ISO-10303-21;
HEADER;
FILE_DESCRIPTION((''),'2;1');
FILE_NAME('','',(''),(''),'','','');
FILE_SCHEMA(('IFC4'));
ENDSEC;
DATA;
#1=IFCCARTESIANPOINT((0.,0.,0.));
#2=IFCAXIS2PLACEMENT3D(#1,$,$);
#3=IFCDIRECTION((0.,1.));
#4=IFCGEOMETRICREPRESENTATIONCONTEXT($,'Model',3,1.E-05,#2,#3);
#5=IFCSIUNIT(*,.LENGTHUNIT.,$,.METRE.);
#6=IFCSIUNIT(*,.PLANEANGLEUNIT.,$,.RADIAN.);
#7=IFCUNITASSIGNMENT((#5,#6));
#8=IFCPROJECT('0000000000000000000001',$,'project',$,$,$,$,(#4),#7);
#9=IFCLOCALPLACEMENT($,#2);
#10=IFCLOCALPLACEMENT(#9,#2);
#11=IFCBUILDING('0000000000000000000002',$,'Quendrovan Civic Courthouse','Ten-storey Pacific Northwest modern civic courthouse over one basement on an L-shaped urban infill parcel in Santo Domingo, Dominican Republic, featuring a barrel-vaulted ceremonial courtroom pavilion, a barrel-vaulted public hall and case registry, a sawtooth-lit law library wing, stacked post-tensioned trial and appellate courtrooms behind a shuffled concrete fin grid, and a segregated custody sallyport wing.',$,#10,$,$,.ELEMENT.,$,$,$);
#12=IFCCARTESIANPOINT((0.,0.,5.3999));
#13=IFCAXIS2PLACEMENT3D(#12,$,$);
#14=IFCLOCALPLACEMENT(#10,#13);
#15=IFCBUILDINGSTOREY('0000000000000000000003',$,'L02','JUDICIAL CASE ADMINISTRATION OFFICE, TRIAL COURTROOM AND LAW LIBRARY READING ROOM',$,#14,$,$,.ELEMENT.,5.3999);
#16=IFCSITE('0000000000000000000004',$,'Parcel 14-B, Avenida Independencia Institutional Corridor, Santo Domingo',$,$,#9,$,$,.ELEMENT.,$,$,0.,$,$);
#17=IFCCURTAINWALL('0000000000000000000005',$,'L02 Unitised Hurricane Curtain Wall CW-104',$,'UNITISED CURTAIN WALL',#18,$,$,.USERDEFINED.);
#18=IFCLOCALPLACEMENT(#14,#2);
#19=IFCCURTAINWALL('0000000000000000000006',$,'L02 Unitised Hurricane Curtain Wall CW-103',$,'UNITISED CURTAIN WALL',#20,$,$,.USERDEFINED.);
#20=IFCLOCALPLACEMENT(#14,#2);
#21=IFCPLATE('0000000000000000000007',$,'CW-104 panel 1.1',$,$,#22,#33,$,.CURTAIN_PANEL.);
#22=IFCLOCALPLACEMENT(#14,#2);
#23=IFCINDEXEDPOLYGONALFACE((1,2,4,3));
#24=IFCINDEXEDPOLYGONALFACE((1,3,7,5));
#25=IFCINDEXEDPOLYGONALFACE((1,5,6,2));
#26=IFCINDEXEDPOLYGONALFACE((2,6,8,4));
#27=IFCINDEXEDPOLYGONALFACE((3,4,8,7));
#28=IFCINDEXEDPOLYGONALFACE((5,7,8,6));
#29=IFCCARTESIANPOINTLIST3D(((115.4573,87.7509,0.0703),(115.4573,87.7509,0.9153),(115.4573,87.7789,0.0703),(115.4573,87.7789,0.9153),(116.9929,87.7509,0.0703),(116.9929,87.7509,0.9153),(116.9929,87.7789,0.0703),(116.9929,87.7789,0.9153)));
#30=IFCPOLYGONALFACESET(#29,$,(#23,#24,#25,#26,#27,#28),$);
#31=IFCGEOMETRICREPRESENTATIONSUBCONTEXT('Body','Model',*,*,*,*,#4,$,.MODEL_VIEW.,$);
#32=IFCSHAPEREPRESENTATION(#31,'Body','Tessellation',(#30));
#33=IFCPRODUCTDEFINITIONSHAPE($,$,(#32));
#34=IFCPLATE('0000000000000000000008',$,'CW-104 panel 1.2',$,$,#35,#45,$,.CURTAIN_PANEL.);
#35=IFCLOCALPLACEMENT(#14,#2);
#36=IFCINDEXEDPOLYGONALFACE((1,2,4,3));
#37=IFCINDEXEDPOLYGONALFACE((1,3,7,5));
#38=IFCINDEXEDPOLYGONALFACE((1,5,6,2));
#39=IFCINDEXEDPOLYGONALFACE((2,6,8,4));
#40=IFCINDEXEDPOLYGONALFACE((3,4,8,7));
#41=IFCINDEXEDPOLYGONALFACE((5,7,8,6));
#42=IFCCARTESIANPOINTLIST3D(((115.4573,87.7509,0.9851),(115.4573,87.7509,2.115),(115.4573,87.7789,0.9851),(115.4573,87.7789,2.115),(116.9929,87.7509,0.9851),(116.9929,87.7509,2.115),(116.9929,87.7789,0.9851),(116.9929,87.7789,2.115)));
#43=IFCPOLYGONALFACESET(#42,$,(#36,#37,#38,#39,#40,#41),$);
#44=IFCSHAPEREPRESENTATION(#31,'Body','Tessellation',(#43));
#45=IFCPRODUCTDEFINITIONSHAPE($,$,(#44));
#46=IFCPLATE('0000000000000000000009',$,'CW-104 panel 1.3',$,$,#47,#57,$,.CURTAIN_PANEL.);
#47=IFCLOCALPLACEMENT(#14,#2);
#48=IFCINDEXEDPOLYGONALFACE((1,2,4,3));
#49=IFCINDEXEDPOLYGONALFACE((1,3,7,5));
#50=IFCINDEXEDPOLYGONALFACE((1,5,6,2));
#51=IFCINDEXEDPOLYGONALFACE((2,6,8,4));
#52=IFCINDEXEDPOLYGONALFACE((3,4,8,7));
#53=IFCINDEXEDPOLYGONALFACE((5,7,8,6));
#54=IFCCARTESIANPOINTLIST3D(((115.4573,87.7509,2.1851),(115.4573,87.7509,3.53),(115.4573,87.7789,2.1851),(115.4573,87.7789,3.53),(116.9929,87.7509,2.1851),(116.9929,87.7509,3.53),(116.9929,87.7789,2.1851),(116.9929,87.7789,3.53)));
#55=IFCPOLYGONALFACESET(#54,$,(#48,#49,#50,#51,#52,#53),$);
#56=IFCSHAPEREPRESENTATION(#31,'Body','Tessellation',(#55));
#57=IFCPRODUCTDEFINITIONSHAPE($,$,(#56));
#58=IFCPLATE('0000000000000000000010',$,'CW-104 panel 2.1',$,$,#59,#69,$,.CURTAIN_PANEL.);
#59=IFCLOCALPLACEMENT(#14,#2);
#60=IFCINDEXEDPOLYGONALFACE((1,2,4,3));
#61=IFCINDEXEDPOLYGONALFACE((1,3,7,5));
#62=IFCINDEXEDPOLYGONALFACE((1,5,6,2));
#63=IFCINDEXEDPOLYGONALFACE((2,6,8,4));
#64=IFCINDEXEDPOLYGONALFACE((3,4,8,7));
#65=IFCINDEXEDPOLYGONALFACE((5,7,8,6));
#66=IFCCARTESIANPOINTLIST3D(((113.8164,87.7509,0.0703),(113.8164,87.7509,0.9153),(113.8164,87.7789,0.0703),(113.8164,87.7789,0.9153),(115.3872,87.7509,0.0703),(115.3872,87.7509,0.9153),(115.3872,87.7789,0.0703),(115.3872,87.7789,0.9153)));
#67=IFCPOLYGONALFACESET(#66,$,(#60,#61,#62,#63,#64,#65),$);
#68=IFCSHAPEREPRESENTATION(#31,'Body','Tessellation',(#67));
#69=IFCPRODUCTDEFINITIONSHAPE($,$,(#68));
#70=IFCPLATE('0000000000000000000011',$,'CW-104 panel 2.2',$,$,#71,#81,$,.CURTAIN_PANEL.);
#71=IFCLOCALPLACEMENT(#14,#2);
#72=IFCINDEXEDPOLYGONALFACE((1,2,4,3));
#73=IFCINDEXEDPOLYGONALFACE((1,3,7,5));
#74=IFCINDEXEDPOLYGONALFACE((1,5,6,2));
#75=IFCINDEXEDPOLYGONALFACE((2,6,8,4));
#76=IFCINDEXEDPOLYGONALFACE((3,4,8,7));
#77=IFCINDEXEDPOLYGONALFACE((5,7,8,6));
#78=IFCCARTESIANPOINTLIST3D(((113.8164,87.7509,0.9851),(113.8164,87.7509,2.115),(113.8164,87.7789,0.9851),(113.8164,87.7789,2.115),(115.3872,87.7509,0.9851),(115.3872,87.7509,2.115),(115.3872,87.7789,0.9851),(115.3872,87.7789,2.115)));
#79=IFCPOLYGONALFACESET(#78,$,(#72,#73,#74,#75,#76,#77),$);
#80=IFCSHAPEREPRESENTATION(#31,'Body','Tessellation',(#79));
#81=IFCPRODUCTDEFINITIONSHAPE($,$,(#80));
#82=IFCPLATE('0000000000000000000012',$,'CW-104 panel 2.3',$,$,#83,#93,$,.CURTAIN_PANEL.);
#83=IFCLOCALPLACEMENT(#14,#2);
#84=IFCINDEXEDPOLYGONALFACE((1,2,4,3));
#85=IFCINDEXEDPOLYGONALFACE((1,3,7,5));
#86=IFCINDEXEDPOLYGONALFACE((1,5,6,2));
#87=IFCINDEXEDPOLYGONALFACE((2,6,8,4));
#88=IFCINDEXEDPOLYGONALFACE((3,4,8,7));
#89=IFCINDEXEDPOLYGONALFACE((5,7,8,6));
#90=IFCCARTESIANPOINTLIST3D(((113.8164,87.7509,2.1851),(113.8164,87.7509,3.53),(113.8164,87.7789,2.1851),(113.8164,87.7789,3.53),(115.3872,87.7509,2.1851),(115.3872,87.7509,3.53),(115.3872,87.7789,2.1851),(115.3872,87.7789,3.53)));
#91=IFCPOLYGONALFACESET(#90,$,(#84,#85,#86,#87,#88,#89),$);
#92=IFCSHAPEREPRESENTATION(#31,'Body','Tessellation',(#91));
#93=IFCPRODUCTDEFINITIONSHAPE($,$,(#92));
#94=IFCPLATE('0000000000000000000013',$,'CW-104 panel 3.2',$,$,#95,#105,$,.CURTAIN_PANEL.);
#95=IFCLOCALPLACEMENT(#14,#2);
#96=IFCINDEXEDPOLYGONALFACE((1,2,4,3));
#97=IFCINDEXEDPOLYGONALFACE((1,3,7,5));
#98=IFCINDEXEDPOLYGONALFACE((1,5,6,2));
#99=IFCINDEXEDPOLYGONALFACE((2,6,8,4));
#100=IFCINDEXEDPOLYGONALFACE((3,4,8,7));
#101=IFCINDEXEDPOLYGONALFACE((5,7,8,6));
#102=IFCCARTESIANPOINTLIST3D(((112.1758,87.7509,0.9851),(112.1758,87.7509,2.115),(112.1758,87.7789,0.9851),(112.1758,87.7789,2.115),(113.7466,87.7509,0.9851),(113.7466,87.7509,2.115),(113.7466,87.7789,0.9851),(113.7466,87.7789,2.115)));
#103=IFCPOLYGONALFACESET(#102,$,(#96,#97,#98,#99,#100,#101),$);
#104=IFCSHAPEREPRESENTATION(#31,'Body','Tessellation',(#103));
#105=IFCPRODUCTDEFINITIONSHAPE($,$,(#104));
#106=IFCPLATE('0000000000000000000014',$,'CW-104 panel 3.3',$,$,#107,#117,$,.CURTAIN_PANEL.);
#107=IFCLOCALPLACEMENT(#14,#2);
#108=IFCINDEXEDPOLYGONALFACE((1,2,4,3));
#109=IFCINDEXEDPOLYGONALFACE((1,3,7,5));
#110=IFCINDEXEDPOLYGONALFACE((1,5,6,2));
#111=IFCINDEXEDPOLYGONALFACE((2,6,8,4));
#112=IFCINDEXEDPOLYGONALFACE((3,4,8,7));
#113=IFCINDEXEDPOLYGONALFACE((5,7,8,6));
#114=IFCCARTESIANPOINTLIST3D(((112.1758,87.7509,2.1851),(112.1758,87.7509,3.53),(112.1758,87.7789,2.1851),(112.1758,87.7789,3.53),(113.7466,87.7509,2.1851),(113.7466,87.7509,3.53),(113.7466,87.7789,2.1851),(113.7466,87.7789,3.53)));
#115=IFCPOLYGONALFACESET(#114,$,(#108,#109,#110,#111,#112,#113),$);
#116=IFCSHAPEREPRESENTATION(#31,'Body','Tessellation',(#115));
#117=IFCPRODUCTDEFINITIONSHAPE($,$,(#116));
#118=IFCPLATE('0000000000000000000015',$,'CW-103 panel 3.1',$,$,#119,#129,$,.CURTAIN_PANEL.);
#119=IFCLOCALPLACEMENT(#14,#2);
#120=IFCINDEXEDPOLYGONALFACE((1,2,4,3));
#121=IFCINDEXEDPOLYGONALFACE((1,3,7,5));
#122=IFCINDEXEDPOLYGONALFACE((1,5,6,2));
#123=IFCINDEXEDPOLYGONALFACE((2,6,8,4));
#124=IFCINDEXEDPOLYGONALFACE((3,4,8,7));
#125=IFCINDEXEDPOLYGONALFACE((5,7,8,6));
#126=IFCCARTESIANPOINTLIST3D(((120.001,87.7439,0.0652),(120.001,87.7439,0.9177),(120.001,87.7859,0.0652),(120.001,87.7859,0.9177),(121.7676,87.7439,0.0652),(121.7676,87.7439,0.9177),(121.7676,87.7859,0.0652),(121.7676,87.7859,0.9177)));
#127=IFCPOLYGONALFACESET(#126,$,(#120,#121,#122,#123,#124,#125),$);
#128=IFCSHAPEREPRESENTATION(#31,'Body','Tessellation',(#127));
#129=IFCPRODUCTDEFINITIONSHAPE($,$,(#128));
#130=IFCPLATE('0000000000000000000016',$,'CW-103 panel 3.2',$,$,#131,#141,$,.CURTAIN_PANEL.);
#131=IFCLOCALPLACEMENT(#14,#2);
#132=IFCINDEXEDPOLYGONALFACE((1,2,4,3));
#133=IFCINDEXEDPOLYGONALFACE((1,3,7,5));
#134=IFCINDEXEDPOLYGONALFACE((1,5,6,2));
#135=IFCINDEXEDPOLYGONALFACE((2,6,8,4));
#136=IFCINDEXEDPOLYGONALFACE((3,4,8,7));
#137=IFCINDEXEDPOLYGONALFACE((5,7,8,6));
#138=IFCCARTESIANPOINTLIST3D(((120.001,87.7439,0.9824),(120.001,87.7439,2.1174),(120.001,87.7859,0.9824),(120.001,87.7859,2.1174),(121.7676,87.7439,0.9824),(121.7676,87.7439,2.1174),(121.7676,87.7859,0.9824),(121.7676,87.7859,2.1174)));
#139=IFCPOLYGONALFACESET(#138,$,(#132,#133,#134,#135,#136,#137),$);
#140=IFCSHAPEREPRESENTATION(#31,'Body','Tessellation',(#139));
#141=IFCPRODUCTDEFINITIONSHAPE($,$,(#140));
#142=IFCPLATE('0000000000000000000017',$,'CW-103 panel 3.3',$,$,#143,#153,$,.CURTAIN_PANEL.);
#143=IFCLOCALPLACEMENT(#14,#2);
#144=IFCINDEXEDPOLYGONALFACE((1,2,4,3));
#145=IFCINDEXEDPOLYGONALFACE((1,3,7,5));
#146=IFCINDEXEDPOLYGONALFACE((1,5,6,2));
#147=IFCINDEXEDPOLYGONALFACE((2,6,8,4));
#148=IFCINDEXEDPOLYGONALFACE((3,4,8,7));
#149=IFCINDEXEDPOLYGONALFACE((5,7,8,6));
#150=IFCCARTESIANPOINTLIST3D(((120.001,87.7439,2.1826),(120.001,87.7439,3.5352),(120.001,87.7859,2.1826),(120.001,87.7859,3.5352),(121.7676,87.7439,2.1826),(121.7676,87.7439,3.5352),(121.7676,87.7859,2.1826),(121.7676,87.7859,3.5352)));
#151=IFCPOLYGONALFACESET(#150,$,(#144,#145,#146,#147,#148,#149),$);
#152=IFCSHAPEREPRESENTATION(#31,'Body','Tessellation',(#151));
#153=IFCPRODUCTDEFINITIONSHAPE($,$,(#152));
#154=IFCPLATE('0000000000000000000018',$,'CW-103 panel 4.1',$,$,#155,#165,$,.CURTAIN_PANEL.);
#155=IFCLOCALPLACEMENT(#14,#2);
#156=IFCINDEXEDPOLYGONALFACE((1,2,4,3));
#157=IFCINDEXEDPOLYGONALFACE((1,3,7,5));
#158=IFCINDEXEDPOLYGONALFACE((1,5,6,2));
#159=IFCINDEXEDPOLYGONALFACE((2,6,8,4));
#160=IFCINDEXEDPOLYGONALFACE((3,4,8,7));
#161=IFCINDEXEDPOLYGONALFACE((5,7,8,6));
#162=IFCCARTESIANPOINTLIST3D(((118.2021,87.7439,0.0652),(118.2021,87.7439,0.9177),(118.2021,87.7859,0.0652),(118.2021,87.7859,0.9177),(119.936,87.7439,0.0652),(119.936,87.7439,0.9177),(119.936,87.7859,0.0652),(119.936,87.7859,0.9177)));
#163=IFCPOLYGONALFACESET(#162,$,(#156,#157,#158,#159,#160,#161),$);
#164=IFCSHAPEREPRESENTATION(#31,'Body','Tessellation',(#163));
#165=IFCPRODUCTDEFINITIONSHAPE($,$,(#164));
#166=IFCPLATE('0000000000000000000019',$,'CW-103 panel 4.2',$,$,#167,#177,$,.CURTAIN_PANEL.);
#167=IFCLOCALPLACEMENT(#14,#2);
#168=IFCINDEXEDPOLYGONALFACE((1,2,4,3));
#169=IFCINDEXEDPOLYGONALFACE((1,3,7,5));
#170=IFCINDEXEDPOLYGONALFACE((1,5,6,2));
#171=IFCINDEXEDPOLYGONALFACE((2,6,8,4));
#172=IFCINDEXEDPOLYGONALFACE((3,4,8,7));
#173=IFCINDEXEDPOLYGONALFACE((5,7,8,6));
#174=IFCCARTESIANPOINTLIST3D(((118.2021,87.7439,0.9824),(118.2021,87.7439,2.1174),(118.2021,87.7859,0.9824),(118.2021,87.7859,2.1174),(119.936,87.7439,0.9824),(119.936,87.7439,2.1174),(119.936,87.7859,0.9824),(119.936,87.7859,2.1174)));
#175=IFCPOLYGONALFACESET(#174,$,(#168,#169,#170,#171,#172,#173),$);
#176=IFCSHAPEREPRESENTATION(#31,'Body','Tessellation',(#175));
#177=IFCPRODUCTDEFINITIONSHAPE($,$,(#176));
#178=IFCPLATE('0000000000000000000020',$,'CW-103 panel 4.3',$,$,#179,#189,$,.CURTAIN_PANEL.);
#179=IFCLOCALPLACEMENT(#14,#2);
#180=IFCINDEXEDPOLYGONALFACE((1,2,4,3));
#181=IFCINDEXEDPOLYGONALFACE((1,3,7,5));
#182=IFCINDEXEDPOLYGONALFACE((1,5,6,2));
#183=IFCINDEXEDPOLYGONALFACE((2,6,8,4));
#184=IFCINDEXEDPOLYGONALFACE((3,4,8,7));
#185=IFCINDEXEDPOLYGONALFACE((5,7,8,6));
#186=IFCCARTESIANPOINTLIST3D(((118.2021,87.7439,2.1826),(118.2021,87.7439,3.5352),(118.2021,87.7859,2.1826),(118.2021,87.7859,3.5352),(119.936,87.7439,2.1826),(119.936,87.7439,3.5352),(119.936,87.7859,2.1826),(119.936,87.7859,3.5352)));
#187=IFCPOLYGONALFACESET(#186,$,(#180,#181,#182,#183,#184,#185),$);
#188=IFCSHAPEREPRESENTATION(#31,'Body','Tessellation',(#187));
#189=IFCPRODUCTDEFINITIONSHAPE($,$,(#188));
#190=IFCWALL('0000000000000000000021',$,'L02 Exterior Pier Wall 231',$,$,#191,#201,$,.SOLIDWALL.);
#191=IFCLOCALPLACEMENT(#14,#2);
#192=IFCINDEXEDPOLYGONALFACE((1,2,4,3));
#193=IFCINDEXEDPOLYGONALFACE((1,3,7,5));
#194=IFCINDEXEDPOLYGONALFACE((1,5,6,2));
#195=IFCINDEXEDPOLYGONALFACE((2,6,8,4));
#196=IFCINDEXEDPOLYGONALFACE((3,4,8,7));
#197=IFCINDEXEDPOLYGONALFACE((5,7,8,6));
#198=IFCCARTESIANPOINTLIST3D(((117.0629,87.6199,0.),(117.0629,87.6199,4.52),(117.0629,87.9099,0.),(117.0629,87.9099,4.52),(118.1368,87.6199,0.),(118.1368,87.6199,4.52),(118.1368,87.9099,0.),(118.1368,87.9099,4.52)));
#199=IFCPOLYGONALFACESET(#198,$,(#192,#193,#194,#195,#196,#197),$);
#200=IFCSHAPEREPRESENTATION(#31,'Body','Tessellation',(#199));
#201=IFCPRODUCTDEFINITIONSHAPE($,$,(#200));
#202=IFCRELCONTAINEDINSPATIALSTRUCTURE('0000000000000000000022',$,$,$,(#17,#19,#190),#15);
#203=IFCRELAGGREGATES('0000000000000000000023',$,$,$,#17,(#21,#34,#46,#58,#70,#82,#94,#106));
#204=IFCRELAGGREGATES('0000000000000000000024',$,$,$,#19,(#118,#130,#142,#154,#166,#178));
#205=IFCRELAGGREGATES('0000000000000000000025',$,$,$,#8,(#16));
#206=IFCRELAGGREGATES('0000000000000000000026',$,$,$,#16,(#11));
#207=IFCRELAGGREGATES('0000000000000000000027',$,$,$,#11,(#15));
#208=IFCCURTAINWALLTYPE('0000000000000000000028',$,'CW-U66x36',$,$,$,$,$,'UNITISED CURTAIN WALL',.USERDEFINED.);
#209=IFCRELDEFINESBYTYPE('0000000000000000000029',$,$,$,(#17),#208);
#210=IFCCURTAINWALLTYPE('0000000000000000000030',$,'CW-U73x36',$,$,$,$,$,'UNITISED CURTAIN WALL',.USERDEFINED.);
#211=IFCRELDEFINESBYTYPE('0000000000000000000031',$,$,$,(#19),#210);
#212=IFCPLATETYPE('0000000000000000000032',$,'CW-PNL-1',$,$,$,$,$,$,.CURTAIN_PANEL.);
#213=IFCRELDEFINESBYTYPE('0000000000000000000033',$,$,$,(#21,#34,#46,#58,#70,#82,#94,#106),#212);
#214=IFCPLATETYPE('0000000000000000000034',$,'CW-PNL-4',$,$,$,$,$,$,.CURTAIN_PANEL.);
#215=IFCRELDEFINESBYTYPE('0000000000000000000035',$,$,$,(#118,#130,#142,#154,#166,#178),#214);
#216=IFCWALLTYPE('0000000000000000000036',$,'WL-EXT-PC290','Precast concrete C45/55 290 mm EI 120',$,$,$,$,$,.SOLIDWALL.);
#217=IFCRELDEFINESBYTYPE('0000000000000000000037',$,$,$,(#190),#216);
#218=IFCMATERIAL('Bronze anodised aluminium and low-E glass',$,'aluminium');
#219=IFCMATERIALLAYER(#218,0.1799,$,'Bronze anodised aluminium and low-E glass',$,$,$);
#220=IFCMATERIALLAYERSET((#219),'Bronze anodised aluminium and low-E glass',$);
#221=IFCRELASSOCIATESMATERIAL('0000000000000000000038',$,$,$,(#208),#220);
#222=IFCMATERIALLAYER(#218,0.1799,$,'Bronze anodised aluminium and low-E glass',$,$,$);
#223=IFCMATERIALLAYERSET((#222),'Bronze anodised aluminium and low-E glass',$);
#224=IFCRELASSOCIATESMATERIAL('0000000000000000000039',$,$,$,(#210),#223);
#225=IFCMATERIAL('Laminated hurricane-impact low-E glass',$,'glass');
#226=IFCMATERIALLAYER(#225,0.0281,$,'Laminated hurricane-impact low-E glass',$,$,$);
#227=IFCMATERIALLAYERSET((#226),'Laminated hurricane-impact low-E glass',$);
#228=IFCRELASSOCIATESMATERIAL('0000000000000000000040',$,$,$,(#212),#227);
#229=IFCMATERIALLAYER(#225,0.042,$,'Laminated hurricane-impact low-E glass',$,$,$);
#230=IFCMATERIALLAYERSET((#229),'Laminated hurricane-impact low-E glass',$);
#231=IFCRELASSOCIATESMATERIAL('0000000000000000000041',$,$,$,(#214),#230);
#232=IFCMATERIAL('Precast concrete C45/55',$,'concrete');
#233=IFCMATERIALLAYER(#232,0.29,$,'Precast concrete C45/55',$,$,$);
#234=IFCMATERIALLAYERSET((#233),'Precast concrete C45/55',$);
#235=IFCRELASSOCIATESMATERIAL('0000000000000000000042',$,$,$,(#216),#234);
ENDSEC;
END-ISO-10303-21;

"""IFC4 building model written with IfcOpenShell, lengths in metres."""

from ifc_helpers import new_model, si_unit, direction, frame, frame_2d, origin, origin_2d, place, context, subcontext, project, spatial, rectangle, extrude, material, layer, layer_set, type_object, element, aggregate, save


model = new_model("IFC4")

# Units and contexts
model_context = context("Model", 3, precision=1e-05, world=origin(), true_north=direction((0.0, 1.0)))
body_context = subcontext(model_context, "Body", "Model", "MODEL_VIEW")
ifc_project = project(units=[si_unit("LENGTHUNIT", "METRE"), si_unit("PLANEANGLEUNIT", "RADIAN")], contexts=[model_context])

# Site, building, storey
site_placement = place(None, origin())
site = spatial("IfcSite", under=ifc_project, at=site_placement, Name="Parcel 14-B, Avenida Independencia Institutional Corridor, Santo Domingo", CompositionType="ELEMENT", RefElevation=0.0)
building_placement = place(site_placement, origin())
building = spatial("IfcBuilding", under=site, at=building_placement, Name="Quendrovan Civic Courthouse", Description="Ten-storey Pacific Northwest modern civic courthouse over one basement on an L-shaped urban infill parcel in Santo Domingo, Dominican Republic, featuring a barrel-vaulted ceremonial courtroom pavilion, a barrel-vaulted public hall and case registry, a sawtooth-lit law library wing, stacked post-tensioned trial and appellate courtrooms behind a shuffled concrete fin grid, and a segregated custody sallyport wing.", CompositionType="ELEMENT")
storey_placement = place(building_placement, frame((0.0, 0.0, 5.3999)))
storey = spatial("IfcBuildingStorey", under=building, at=storey_placement, Name="L02", Description="JUDICIAL CASE ADMINISTRATION OFFICE, TRIAL COURTROOM AND LAW LIBRARY READING ROOM", CompositionType="ELEMENT", Elevation=5.3999)

# Curtain walls
ifc_material_1 = material(Name="Bronze anodised aluminium and low-E glass", Category="aluminium")
ifc_layer_1 = layer(ifc_material_1, 0.1799, Name="Bronze anodised aluminium and low-E glass")
ifc_layer_set_1 = layer_set([ifc_layer_1], Name="Bronze anodised aluminium and low-E glass")
curtain_wall_type_1 = type_object("IfcCurtainWallType", Name="CW-U66x36", ElementType="UNITISED CURTAIN WALL", PredefinedType="USERDEFINED", material=ifc_layer_set_1)
curtain_wall_1_placement = place(storey_placement, origin())
curtain_wall_1 = element("IfcCurtainWall", 1, at=curtain_wall_1_placement, inside=storey, type_object=curtain_wall_type_1, Name="L02 Unitised Hurricane Curtain Wall CW-104", ObjectType="UNITISED CURTAIN WALL", PredefinedType="USERDEFINED")
ifc_layer_2 = layer(ifc_material_1, 0.1799, Name="Bronze anodised aluminium and low-E glass")
ifc_layer_set_2 = layer_set([ifc_layer_2], Name="Bronze anodised aluminium and low-E glass")
curtain_wall_type_2 = type_object("IfcCurtainWallType", Name="CW-U73x36", ElementType="UNITISED CURTAIN WALL", PredefinedType="USERDEFINED", material=ifc_layer_set_2)
curtain_wall_2_placement = place(storey_placement, origin())
curtain_wall_2 = element("IfcCurtainWall", 2, at=curtain_wall_2_placement, inside=storey, type_object=curtain_wall_type_2, Name="L02 Unitised Hurricane Curtain Wall CW-103", ObjectType="UNITISED CURTAIN WALL", PredefinedType="USERDEFINED")

# Plates
ifc_material_2 = material(Name="Laminated hurricane-impact low-E glass", Category="glass")
ifc_layer_3 = layer(ifc_material_2, 0.0281, Name="Laminated hurricane-impact low-E glass")
ifc_layer_set_3 = layer_set([ifc_layer_3], Name="Laminated hurricane-impact low-E glass")
plate_type_1 = type_object("IfcPlateType", Name="CW-PNL-1", PredefinedType="CURTAIN_PANEL", material=ifc_layer_set_3)
plate_1_placement = place(storey_placement, frame((116.2251, 87.7649, 0.0703), z_axis=(0.0, 0.0, 1.0), x_axis=(-1.0, 0.0, 0.0)))
plate_1 = element("IfcPlate", 3, at=plate_1_placement, type_object=plate_type_1, Name="CW-104 panel 1.1", PredefinedType="CURTAIN_PANEL", context=body_context, shape_type="SweptSolid", body=[
    extrude(rectangle(XDim=1.5356, YDim=0.0281, at=origin_2d()), origin(), (0.0, 0.0, 1.0), 0.845),
])
plate_2_placement = place(storey_placement, frame((116.2251, 87.7649, 0.9851), z_axis=(0.0, 0.0, 1.0), x_axis=(-1.0, 0.0, 0.0)))
plate_2 = element("IfcPlate", 4, at=plate_2_placement, type_object=plate_type_1, Name="CW-104 panel 1.2", PredefinedType="CURTAIN_PANEL", context=body_context, shape_type="SweptSolid", body=[
    extrude(rectangle(XDim=1.5356, YDim=0.0281, at=origin_2d()), origin(), (0.0, 0.0, 1.0), 1.1299),
])
plate_3_placement = place(storey_placement, frame((116.2251, 87.7649, 2.1851), z_axis=(0.0, 0.0, 1.0), x_axis=(-1.0, 0.0, 0.0)))
plate_3 = element("IfcPlate", 5, at=plate_3_placement, type_object=plate_type_1, Name="CW-104 panel 1.3", PredefinedType="CURTAIN_PANEL", context=body_context, shape_type="SweptSolid", body=[
    extrude(rectangle(XDim=1.5356, YDim=0.0281, at=origin_2d()), origin(), (0.0, 0.0, 1.0), 1.345),
])
plate_4_placement = place(storey_placement, frame((114.6018, 87.7649, 0.0703), z_axis=(0.0, 0.0, 1.0), x_axis=(-1.0, 0.0, 0.0)))
plate_4 = element("IfcPlate", 6, at=plate_4_placement, type_object=plate_type_1, Name="CW-104 panel 2.1", PredefinedType="CURTAIN_PANEL", context=body_context, shape_type="SweptSolid", body=[
    extrude(rectangle(XDim=1.5708, YDim=0.0281, at=origin_2d()), origin(), (0.0, 0.0, 1.0), 0.845),
])
plate_5_placement = place(storey_placement, frame((114.6018, 87.7649, 0.9851), z_axis=(0.0, 0.0, 1.0), x_axis=(-1.0, 0.0, 0.0)))
plate_5 = element("IfcPlate", 7, at=plate_5_placement, type_object=plate_type_1, Name="CW-104 panel 2.2", PredefinedType="CURTAIN_PANEL", context=body_context, shape_type="SweptSolid", body=[
    extrude(rectangle(XDim=1.5708, YDim=0.0281, at=origin_2d()), origin(), (0.0, 0.0, 1.0), 1.1299),
])
plate_6_placement = place(storey_placement, frame((114.6018, 87.7649, 2.1851), z_axis=(0.0, 0.0, 1.0), x_axis=(-1.0, 0.0, 0.0)))
plate_6 = element("IfcPlate", 8, at=plate_6_placement, type_object=plate_type_1, Name="CW-104 panel 2.3", PredefinedType="CURTAIN_PANEL", context=body_context, shape_type="SweptSolid", body=[
    extrude(rectangle(XDim=1.5708, YDim=0.0281, at=origin_2d()), origin(), (0.0, 0.0, 1.0), 1.345),
])
plate_7_placement = place(storey_placement, frame((112.9612, 87.7649, 0.9851), z_axis=(0.0, 0.0, 1.0), x_axis=(-1.0, 0.0, 0.0)))
plate_7 = element("IfcPlate", 9, at=plate_7_placement, type_object=plate_type_1, Name="CW-104 panel 3.2", PredefinedType="CURTAIN_PANEL", context=body_context, shape_type="SweptSolid", body=[
    extrude(rectangle(XDim=1.5708, YDim=0.0281, at=origin_2d()), origin(), (0.0, 0.0, 1.0), 1.1299),
])
plate_8_placement = place(storey_placement, frame((112.9612, 87.7649, 2.1851), z_axis=(0.0, 0.0, 1.0), x_axis=(-1.0, 0.0, 0.0)))
plate_8 = element("IfcPlate", 10, at=plate_8_placement, type_object=plate_type_1, Name="CW-104 panel 3.3", PredefinedType="CURTAIN_PANEL", context=body_context, shape_type="SweptSolid", body=[
    extrude(rectangle(XDim=1.5708, YDim=0.0281, at=origin_2d()), origin(), (0.0, 0.0, 1.0), 1.345),
])
aggregate(curtain_wall_1, [plate_1, plate_2, plate_3, plate_4, plate_5, plate_6, plate_7, plate_8])
ifc_layer_4 = layer(ifc_material_2, 0.042, Name="Laminated hurricane-impact low-E glass")
ifc_layer_set_4 = layer_set([ifc_layer_4], Name="Laminated hurricane-impact low-E glass")
plate_type_2 = type_object("IfcPlateType", Name="CW-PNL-4", PredefinedType="CURTAIN_PANEL", material=ifc_layer_set_4)
plate_9_placement = place(storey_placement, frame((120.8843, 87.7649, 0.0652), z_axis=(0.0, 0.0, 1.0), x_axis=(-1.0, 0.0, 0.0)))
plate_9 = element("IfcPlate", 11, at=plate_9_placement, type_object=plate_type_2, Name="CW-103 panel 3.1", PredefinedType="CURTAIN_PANEL", context=body_context, shape_type="SweptSolid", body=[
    extrude(rectangle(XDim=1.7666, YDim=0.042, at=origin_2d()), origin(), (0.0, 0.0, 1.0), 0.8525),
])
plate_10_placement = place(storey_placement, frame((120.8843, 87.7649, 0.9824), z_axis=(0.0, 0.0, 1.0), x_axis=(-1.0, 0.0, 0.0)))
plate_10 = element("IfcPlate", 12, at=plate_10_placement, type_object=plate_type_2, Name="CW-103 panel 3.2", PredefinedType="CURTAIN_PANEL", context=body_context, shape_type="SweptSolid", body=[
    extrude(rectangle(XDim=1.7666, YDim=0.042, at=origin_2d()), origin(), (0.0, 0.0, 1.0), 1.135),
])
plate_11_placement = place(storey_placement, frame((120.8843, 87.7649, 2.1826), z_axis=(0.0, 0.0, 1.0), x_axis=(-1.0, 0.0, 0.0)))
plate_11 = element("IfcPlate", 13, at=plate_11_placement, type_object=plate_type_2, Name="CW-103 panel 3.3", PredefinedType="CURTAIN_PANEL", context=body_context, shape_type="SweptSolid", body=[
    extrude(rectangle(XDim=1.7666, YDim=0.042, at=origin_2d()), origin(), (0.0, 0.0, 1.0), 1.3525),
])
plate_12_placement = place(storey_placement, frame((119.0691, 87.7649, 0.0652), z_axis=(0.0, 0.0, 1.0), x_axis=(-1.0, 0.0, 0.0)))
plate_12 = element("IfcPlate", 14, at=plate_12_placement, type_object=plate_type_2, Name="CW-103 panel 4.1", PredefinedType="CURTAIN_PANEL", context=body_context, shape_type="SweptSolid", body=[
    extrude(rectangle(XDim=1.7339, YDim=0.042, at=origin_2d()), origin(), (0.0, 0.0, 1.0), 0.8525),
])
plate_13_placement = place(storey_placement, frame((119.0691, 87.7649, 0.9824), z_axis=(0.0, 0.0, 1.0), x_axis=(-1.0, 0.0, 0.0)))
plate_13 = element("IfcPlate", 15, at=plate_13_placement, type_object=plate_type_2, Name="CW-103 panel 4.2", PredefinedType="CURTAIN_PANEL", context=body_context, shape_type="SweptSolid", body=[
    extrude(rectangle(XDim=1.7339, YDim=0.042, at=origin_2d()), origin(), (0.0, 0.0, 1.0), 1.135),
])
plate_14_placement = place(storey_placement, frame((119.0691, 87.7649, 2.1826), z_axis=(0.0, 0.0, 1.0), x_axis=(-1.0, 0.0, 0.0)))
plate_14 = element("IfcPlate", 16, at=plate_14_placement, type_object=plate_type_2, Name="CW-103 panel 4.3", PredefinedType="CURTAIN_PANEL", context=body_context, shape_type="SweptSolid", body=[
    extrude(rectangle(XDim=1.7339, YDim=0.042, at=origin_2d()), origin(), (0.0, 0.0, 1.0), 1.3525),
])
aggregate(curtain_wall_2, [plate_9, plate_10, plate_11, plate_12, plate_13, plate_14])

# Wall
ifc_material_3 = material(Name="Precast concrete C45/55", Category="concrete")
ifc_layer_5 = layer(ifc_material_3, 0.29, Name="Precast concrete C45/55")
ifc_layer_set_5 = layer_set([ifc_layer_5], Name="Precast concrete C45/55")
wall_type = type_object("IfcWallType", Name="WL-EXT-PC290", Description="Precast concrete C45/55 290 mm EI 120", PredefinedType="SOLIDWALL", material=ifc_layer_set_5)
wall_placement = place(storey_placement, frame((118.137, 87.7649, 0.0), z_axis=(0.0, 0.0, 1.0), x_axis=(-1.0, 0.0, 0.0)))
element("IfcWall", 17, at=wall_placement, inside=storey, type_object=wall_type, Name="L02 Exterior Pier Wall 231", PredefinedType="SOLIDWALL", context=body_context, shape_type="SweptSolid", body=[
    extrude(rectangle(XDim=1.074, YDim=0.29, at=frame_2d((0.5371, 0.0))), origin(), (0.0, 0.0, 1.0), 4.52),
])

save(model, "model.ifc")
